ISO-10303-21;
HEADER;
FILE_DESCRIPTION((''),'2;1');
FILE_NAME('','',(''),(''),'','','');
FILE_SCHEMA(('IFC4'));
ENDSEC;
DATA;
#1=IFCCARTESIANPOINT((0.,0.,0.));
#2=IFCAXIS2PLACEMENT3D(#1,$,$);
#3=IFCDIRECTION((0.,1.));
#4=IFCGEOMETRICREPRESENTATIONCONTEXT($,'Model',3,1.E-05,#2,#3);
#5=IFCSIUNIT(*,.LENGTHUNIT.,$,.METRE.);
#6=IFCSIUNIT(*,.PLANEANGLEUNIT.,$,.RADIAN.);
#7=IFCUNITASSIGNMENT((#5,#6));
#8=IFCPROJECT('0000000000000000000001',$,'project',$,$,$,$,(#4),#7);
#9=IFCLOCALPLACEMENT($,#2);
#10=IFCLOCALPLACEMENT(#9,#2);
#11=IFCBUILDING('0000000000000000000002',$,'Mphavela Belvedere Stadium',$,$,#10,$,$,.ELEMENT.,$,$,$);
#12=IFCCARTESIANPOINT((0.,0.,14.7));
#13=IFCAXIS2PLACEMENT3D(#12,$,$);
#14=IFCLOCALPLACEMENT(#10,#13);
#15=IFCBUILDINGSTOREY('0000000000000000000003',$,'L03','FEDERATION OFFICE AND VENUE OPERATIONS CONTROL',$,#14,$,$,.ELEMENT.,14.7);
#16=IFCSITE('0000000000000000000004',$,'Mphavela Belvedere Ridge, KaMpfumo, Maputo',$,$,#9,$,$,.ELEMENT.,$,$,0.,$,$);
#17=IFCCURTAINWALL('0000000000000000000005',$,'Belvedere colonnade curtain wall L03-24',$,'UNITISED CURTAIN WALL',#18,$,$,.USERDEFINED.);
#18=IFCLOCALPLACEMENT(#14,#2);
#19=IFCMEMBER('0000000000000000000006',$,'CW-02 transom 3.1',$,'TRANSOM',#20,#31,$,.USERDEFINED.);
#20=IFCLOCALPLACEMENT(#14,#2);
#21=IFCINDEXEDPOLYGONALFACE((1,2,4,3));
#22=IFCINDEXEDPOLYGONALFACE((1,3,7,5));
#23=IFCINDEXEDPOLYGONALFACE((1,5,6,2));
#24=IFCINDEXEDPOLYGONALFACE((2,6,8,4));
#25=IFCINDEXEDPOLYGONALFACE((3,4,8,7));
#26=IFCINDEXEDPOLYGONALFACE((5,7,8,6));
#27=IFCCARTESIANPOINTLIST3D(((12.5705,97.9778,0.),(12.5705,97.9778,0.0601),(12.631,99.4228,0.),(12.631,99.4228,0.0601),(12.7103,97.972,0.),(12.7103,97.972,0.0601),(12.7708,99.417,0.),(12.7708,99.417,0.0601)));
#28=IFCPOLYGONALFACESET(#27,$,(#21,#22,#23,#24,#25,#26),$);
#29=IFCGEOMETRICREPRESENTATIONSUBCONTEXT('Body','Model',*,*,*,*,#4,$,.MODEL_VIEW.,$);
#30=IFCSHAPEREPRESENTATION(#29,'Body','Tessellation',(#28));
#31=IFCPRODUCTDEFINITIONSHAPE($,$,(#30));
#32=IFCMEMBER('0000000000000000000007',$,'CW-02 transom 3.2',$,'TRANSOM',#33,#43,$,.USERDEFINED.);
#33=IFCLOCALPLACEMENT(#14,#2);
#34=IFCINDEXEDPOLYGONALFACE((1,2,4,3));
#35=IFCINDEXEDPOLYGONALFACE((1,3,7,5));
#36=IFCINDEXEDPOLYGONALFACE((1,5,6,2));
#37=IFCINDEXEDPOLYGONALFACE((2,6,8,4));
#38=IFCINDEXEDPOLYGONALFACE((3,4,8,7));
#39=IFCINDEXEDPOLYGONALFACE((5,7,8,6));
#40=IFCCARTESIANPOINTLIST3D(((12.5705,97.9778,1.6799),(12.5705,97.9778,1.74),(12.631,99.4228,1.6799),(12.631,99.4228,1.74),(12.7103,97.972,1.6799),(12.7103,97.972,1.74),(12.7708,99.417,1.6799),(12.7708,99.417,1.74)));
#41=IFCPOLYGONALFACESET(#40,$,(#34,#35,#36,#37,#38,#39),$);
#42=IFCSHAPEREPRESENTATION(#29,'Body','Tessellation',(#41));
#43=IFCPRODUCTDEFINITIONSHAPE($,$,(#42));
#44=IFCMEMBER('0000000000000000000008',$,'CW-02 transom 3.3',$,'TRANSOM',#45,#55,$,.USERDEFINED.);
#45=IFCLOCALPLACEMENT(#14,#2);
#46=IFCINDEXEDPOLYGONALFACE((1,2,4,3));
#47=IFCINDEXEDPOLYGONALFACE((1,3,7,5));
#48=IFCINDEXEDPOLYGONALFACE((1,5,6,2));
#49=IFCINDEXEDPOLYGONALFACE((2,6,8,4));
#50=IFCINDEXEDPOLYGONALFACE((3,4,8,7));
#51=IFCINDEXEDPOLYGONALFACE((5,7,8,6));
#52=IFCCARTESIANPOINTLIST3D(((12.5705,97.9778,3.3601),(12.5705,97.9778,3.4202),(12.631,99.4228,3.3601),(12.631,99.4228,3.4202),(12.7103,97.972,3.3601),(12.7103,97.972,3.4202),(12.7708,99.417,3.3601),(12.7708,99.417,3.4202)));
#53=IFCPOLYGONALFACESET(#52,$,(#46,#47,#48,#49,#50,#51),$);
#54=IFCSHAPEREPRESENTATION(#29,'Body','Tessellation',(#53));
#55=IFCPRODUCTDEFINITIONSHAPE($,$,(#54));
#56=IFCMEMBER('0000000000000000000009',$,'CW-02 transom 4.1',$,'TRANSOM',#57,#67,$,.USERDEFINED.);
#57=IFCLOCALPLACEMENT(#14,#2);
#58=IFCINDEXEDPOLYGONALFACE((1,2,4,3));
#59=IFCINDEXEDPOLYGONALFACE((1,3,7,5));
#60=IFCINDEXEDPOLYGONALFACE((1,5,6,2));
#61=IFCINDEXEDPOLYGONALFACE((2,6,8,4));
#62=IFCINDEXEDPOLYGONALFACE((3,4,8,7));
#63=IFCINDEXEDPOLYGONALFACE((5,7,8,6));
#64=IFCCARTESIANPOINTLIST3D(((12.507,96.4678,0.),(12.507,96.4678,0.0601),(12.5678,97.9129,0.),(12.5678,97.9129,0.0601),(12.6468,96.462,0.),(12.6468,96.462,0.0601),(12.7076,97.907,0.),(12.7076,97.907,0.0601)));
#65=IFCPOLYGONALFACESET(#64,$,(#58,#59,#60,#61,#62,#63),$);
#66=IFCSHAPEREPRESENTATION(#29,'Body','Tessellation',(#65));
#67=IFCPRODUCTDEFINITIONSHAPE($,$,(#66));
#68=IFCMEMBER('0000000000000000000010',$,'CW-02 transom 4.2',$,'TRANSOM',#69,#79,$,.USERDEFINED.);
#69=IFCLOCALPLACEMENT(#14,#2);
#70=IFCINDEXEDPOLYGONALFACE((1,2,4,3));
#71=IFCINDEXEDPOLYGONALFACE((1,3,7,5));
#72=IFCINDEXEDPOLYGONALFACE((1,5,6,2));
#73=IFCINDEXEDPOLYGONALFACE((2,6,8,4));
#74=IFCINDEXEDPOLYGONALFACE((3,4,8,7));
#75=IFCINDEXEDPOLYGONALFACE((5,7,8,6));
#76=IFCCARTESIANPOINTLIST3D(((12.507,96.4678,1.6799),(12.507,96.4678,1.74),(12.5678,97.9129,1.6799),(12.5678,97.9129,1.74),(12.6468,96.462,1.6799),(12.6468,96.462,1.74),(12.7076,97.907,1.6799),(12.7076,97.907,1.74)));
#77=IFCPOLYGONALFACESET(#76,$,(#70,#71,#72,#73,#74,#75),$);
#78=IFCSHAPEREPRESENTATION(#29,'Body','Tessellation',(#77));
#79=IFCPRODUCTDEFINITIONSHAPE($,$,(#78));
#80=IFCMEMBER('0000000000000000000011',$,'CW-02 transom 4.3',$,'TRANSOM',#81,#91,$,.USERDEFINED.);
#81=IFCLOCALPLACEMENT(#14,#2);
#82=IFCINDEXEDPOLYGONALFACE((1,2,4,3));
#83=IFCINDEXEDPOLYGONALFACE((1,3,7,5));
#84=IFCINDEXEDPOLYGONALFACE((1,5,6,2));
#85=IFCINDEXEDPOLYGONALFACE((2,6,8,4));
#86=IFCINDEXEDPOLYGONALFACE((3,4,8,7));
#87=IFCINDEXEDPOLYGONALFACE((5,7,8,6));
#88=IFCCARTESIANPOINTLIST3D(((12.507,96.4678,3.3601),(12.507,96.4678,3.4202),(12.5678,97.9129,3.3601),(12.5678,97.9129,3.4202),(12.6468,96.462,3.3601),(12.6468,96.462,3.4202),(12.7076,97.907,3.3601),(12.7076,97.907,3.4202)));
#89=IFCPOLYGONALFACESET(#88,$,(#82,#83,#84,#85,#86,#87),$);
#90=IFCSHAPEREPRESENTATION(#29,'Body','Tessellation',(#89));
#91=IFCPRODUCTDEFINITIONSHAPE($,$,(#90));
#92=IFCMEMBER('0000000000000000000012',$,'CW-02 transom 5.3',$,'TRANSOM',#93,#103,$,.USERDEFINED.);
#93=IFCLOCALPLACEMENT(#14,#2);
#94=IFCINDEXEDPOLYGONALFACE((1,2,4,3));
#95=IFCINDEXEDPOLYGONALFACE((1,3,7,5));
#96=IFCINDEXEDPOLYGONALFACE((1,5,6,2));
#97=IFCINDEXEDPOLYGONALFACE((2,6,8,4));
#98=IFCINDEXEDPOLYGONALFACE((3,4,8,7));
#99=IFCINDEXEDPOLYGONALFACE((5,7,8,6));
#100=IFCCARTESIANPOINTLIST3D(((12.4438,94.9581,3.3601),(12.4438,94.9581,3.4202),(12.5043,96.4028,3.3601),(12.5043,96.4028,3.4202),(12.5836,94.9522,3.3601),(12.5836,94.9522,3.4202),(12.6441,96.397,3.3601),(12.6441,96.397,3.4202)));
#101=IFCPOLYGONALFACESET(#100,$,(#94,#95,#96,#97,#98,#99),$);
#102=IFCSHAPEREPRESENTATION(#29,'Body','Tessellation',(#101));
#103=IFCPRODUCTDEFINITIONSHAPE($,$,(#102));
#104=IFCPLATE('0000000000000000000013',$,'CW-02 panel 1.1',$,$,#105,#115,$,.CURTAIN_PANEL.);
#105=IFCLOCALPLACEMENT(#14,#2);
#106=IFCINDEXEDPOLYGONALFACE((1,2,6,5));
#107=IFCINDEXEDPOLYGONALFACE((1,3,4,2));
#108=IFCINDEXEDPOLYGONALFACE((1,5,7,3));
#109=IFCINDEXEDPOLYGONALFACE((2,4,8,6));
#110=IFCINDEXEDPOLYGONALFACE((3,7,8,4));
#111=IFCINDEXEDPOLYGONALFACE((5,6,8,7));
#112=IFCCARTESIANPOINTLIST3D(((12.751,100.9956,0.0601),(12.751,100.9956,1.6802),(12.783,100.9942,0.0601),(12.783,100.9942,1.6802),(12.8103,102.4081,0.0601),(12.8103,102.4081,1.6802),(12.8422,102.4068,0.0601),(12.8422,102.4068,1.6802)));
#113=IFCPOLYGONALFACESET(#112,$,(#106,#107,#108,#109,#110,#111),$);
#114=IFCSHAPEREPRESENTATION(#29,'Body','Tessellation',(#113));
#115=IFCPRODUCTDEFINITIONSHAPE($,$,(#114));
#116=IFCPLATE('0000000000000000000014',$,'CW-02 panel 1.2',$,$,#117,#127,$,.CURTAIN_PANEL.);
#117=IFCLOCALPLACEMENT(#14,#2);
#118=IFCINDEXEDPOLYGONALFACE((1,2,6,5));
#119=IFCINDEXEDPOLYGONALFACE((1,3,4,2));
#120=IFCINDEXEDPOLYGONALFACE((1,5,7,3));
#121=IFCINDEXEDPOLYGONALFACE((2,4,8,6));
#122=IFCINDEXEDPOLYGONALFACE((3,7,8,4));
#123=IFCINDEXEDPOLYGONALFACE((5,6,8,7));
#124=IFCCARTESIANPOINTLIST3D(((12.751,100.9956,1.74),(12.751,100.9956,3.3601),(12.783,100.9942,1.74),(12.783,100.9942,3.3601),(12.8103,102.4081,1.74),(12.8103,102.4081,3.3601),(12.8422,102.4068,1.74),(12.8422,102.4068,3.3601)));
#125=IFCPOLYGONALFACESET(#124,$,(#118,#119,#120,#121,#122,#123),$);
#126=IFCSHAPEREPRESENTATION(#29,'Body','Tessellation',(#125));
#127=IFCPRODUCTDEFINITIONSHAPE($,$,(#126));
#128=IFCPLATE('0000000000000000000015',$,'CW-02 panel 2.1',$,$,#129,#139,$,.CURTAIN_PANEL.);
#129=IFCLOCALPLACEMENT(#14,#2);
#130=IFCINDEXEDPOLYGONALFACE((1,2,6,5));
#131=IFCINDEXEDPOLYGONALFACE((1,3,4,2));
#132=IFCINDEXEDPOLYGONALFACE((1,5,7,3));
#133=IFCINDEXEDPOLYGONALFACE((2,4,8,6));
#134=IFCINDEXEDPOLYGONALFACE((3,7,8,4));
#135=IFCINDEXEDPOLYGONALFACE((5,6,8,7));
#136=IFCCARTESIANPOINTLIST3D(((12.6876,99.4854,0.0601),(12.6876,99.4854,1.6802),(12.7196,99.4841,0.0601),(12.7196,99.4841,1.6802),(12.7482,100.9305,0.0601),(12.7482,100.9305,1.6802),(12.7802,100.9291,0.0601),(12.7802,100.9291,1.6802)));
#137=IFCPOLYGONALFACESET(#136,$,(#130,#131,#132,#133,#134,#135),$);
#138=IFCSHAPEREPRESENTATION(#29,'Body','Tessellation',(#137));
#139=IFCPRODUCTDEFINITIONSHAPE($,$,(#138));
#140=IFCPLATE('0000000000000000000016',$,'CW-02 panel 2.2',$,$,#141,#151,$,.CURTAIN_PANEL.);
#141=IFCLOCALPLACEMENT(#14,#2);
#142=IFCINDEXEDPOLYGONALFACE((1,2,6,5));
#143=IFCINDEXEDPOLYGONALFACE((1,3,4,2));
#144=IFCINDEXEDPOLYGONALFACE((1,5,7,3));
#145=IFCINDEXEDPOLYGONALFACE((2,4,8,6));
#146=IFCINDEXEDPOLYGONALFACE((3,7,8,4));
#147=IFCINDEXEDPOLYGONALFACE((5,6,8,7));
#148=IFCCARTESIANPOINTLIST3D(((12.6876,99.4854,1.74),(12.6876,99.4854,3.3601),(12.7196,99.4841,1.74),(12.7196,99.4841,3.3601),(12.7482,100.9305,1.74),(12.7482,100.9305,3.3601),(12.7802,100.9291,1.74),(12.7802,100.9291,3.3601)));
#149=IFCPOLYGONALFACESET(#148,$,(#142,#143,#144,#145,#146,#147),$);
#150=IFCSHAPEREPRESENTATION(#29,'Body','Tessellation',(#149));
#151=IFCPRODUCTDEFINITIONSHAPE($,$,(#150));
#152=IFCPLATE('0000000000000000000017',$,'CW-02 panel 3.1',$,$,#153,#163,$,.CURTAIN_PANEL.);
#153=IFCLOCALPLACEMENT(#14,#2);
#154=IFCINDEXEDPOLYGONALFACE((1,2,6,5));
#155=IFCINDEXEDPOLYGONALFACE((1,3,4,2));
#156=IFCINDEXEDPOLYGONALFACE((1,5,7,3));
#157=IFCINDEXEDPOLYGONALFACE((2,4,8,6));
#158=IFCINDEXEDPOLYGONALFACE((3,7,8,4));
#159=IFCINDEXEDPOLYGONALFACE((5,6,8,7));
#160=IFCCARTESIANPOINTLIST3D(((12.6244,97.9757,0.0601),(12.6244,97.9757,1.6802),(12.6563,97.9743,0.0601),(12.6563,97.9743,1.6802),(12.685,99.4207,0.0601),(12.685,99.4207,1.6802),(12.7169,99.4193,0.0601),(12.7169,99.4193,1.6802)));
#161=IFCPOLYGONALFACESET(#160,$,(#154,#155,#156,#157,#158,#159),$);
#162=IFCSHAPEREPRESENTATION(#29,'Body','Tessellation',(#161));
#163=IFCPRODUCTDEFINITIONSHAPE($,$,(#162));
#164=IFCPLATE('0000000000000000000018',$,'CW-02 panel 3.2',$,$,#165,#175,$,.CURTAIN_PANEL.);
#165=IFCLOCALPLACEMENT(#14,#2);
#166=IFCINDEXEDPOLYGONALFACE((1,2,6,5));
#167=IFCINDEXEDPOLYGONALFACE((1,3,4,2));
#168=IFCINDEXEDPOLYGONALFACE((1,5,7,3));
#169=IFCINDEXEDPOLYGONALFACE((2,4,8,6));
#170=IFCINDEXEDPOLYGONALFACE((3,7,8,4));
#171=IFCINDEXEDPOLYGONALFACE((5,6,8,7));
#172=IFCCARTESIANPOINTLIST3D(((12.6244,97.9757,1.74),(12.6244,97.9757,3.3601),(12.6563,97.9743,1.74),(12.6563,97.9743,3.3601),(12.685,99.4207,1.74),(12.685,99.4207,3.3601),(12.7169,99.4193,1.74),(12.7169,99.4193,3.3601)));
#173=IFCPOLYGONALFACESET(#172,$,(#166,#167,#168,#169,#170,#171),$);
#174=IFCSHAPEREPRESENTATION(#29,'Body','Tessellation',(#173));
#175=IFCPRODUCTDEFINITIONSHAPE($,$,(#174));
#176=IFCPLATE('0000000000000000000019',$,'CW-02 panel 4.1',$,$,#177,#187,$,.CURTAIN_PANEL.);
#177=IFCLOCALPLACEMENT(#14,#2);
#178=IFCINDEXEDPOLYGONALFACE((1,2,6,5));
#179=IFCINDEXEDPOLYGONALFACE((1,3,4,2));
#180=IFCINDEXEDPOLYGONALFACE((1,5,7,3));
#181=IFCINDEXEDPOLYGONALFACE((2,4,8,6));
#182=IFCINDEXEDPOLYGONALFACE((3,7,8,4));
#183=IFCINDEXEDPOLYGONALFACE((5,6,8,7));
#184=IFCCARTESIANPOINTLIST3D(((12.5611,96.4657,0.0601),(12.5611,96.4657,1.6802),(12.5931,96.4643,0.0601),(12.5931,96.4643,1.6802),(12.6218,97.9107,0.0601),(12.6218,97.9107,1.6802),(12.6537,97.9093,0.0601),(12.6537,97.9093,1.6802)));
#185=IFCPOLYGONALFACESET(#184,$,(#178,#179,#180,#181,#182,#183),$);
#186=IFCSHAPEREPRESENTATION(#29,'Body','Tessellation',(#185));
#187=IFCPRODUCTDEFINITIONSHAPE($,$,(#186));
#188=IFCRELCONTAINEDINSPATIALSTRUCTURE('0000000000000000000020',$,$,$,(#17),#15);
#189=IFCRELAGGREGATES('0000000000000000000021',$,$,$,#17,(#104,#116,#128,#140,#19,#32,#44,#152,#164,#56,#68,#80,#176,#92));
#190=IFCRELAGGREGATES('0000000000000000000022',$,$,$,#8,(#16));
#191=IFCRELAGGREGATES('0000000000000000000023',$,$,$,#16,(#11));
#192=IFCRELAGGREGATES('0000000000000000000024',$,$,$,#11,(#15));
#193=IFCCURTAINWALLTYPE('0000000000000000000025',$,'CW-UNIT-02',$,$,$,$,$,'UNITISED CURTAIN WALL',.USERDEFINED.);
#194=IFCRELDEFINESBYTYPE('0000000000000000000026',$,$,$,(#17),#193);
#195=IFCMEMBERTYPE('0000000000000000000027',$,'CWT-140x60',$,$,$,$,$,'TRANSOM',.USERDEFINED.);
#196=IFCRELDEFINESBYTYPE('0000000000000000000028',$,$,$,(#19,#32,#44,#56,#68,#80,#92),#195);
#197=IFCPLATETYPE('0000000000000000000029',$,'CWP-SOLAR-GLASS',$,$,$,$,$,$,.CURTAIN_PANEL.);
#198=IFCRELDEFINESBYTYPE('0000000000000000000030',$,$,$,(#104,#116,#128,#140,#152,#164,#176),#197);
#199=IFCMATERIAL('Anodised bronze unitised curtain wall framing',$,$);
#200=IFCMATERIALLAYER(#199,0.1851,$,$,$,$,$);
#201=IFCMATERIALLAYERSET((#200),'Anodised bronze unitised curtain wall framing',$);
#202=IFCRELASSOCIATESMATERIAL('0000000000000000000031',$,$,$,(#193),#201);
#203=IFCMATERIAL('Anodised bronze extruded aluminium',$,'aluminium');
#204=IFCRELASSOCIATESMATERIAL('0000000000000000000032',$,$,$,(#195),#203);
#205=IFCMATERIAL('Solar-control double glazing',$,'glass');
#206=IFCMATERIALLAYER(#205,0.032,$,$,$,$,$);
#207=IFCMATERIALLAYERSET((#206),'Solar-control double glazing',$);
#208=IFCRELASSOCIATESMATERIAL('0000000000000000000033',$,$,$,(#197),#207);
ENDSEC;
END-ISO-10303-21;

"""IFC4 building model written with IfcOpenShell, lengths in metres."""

from ifc_helpers import new_model, si_unit, direction, frame, origin, origin_2d, place, context, subcontext, project, spatial, rectangle, extrude, material, layer, layer_set, material_profile, profile_set, type_object, element, aggregate, save


model = new_model("IFC4")

# Units and contexts
model_context = context("Model", 3, precision=1e-05, world=origin(), true_north=direction((0.0, 1.0)))
body_context = subcontext(model_context, "Body", "Model", "MODEL_VIEW")
ifc_project = project(units=[si_unit("LENGTHUNIT", "METRE"), si_unit("PLANEANGLEUNIT", "RADIAN")], contexts=[model_context])

# Site, building, storey
site_placement = place(None, origin())
site = spatial("IfcSite", under=ifc_project, at=site_placement, Name="Mphavela Belvedere Ridge, KaMpfumo, Maputo", CompositionType="ELEMENT", RefElevation=0.0)
building_placement = place(site_placement, origin())
building = spatial("IfcBuilding", under=site, at=building_placement, Name="Mphavela Belvedere Stadium", CompositionType="ELEMENT")
storey_placement = place(building_placement, frame((0.0, 0.0, 14.7)))
storey = spatial("IfcBuildingStorey", under=building, at=storey_placement, Name="L03", Description="FEDERATION OFFICE AND VENUE OPERATIONS CONTROL", CompositionType="ELEMENT", Elevation=14.7)

# Curtain wall, members, plates
ifc_material_1 = material(Name="Anodised bronze unitised curtain wall framing")
ifc_layer_1 = layer(ifc_material_1, 0.1851)
ifc_layer_set_1 = layer_set([ifc_layer_1], Name="Anodised bronze unitised curtain wall framing")
curtain_wall_type = type_object("IfcCurtainWallType", Name="CW-UNIT-02", ElementType="UNITISED CURTAIN WALL", PredefinedType="USERDEFINED", material=ifc_layer_set_1)
curtain_wall_placement = place(storey_placement, origin())
curtain_wall = element("IfcCurtainWall", 1, at=curtain_wall_placement, inside=storey, type_object=curtain_wall_type, Name="Belvedere colonnade curtain wall L03-24", ObjectType="UNITISED CURTAIN WALL", PredefinedType="USERDEFINED")
ifc_material_2 = material(Name="Anodised bronze extruded aluminium", Category="aluminium")
ifc_material_profile_1 = material_profile(ifc_material_2, rectangle(XDim=0.1399, YDim=0.0601, at=origin_2d()), Name="CW-TRN 140x60")
ifc_profile_set_1 = profile_set([ifc_material_profile_1], Name="Anodised bronze extruded aluminium")
member_type_1 = type_object("IfcMemberType", Name="CWT-140x60", ElementType="TRANSOM", PredefinedType="USERDEFINED", material=ifc_profile_set_1)
member_1_placement = place(storey_placement, frame((12.7009, 99.4199, 0.03), z_axis=(-0.041862, -0.999123, 0.0), x_axis=(0.999123, -0.041862, 0.0)))
member_1 = element("IfcMember", 2, at=member_1_placement, type_object=member_type_1, Name="CW-02 transom 3.1", ObjectType="TRANSOM", PredefinedType="USERDEFINED", context=body_context, shape_type="SweptSolid", body=[
    extrude(rectangle(XDim=0.1399, YDim=0.0601, at=origin_2d()), origin(), (0.0, 0.0, 1.0), 1.4463),
])
member_2_placement = place(storey_placement, frame((12.7009, 99.4199, 1.71), z_axis=(-0.041862, -0.999123, 0.0), x_axis=(0.999123, -0.041862, 0.0)))
member_2 = element("IfcMember", 3, at=member_2_placement, type_object=member_type_1, Name="CW-02 transom 3.2", ObjectType="TRANSOM", PredefinedType="USERDEFINED", context=body_context, shape_type="SweptSolid", body=[
    extrude(rectangle(XDim=0.1399, YDim=0.0601, at=origin_2d()), origin(), (0.0, 0.0, 1.0), 1.4463),
])
member_3_placement = place(storey_placement, frame((12.7009, 99.4199, 3.3901), z_axis=(-0.041862, -0.999123, 0.0), x_axis=(0.999123, -0.041862, 0.0)))
member_3 = element("IfcMember", 4, at=member_3_placement, type_object=member_type_1, Name="CW-02 transom 3.3", ObjectType="TRANSOM", PredefinedType="USERDEFINED", context=body_context, shape_type="SweptSolid", body=[
    extrude(rectangle(XDim=0.1399, YDim=0.0601, at=origin_2d()), origin(), (0.0, 0.0, 1.0), 1.4463),
])
member_4_placement = place(storey_placement, frame((12.6377, 97.9099, 0.03), z_axis=(-0.042031, -0.999116, 0.0), x_axis=(0.999116, -0.042031, 0.0)))
member_4 = element("IfcMember", 5, at=member_4_placement, type_object=member_type_1, Name="CW-02 transom 4.1", ObjectType="TRANSOM", PredefinedType="USERDEFINED", context=body_context, shape_type="SweptSolid", body=[
    extrude(rectangle(XDim=0.1399, YDim=0.0601, at=origin_2d()), origin(), (0.0, 0.0, 1.0), 1.4463),
])
member_5_placement = place(storey_placement, frame((12.6377, 97.9099, 1.71), z_axis=(-0.042031, -0.999116, 0.0), x_axis=(0.999116, -0.042031, 0.0)))
member_5 = element("IfcMember", 6, at=member_5_placement, type_object=member_type_1, Name="CW-02 transom 4.2", ObjectType="TRANSOM", PredefinedType="USERDEFINED", context=body_context, shape_type="SweptSolid", body=[
    extrude(rectangle(XDim=0.1399, YDim=0.0601, at=origin_2d()), origin(), (0.0, 0.0, 1.0), 1.4463),
])
member_6_placement = place(storey_placement, frame((12.6377, 97.9099, 3.3901), z_axis=(-0.042031, -0.999116, 0.0), x_axis=(0.999116, -0.042031, 0.0)))
member_6 = element("IfcMember", 7, at=member_6_placement, type_object=member_type_1, Name="CW-02 transom 4.3", ObjectType="TRANSOM", PredefinedType="USERDEFINED", context=body_context, shape_type="SweptSolid", body=[
    extrude(rectangle(XDim=0.1399, YDim=0.0601, at=origin_2d()), origin(), (0.0, 0.0, 1.0), 1.4463),
])
member_7_placement = place(storey_placement, frame((12.5742, 96.3999, 3.3901), z_axis=(-0.041869, -0.999123, 0.0), x_axis=(0.999123, -0.041869, 0.0)))
member_7 = element("IfcMember", 8, at=member_7_placement, type_object=member_type_1, Name="CW-02 transom 5.3", ObjectType="TRANSOM", PredefinedType="USERDEFINED", context=body_context, shape_type="SweptSolid", body=[
    extrude(rectangle(XDim=0.1399, YDim=0.0601, at=origin_2d()), origin(), (0.0, 0.0, 1.0), 1.446),
])
ifc_material_3 = material(Name="Solar-control double glazing", Category="glass")
ifc_layer_2 = layer(ifc_material_3, 0.032)
ifc_layer_set_2 = layer_set([ifc_layer_2], Name="Solar-control double glazing")
plate_type = type_object("IfcPlateType", Name="CWP-SOLAR-GLASS", PredefinedType="CURTAIN_PANEL", material=ifc_layer_set_2)
plate_1_placement = place(storey_placement, frame((12.7966, 101.7012, 0.0601), z_axis=(0.0, 0.0, 1.0), x_axis=(-0.041911, -0.999121, 0.0)))
plate_1 = element("IfcPlate", 9, at=plate_1_placement, type_object=plate_type, Name="CW-02 panel 1.1", PredefinedType="CURTAIN_PANEL", context=body_context, shape_type="SweptSolid", body=[
    extrude(rectangle(XDim=1.4138, YDim=0.032, at=origin_2d()), origin(), (0.0, 0.0, 1.0), 1.6201),
])
plate_2_placement = place(storey_placement, frame((12.7966, 101.7012, 1.74), z_axis=(0.0, 0.0, 1.0), x_axis=(-0.041911, -0.999121, 0.0)))
plate_2 = element("IfcPlate", 10, at=plate_2_placement, type_object=plate_type, Name="CW-02 panel 1.2", PredefinedType="CURTAIN_PANEL", context=body_context, shape_type="SweptSolid", body=[
    extrude(rectangle(XDim=1.4138, YDim=0.032, at=origin_2d()), origin(), (0.0, 0.0, 1.0), 1.6201),
])
plate_3_placement = place(storey_placement, frame((12.7339, 100.2073, 0.0601), z_axis=(0.0, 0.0, 1.0), x_axis=(-0.041911, -0.999121, 0.0)))
plate_3 = element("IfcPlate", 11, at=plate_3_placement, type_object=plate_type, Name="CW-02 panel 2.1", PredefinedType="CURTAIN_PANEL", context=body_context, shape_type="SweptSolid", body=[
    extrude(rectangle(XDim=1.4463, YDim=0.032, at=origin_2d()), origin(), (0.0, 0.0, 1.0), 1.6201),
])
plate_4_placement = place(storey_placement, frame((12.7339, 100.2073, 1.74), z_axis=(0.0, 0.0, 1.0), x_axis=(-0.041911, -0.999121, 0.0)))
plate_4 = element("IfcPlate", 12, at=plate_4_placement, type_object=plate_type, Name="CW-02 panel 2.2", PredefinedType="CURTAIN_PANEL", context=body_context, shape_type="SweptSolid", body=[
    extrude(rectangle(XDim=1.4463, YDim=0.032, at=origin_2d()), origin(), (0.0, 0.0, 1.0), 1.6201),
])
plate_5_placement = place(storey_placement, frame((12.6707, 98.6975, 0.0601), z_axis=(0.0, 0.0, 1.0), x_axis=(-0.041911, -0.999121, 0.0)))
plate_5 = element("IfcPlate", 13, at=plate_5_placement, type_object=plate_type, Name="CW-02 panel 3.1", PredefinedType="CURTAIN_PANEL", context=body_context, shape_type="SweptSolid", body=[
    extrude(rectangle(XDim=1.4463, YDim=0.032, at=origin_2d()), origin(), (0.0, 0.0, 1.0), 1.6201),
])
plate_6_placement = place(storey_placement, frame((12.6707, 98.6975, 1.74), z_axis=(0.0, 0.0, 1.0), x_axis=(-0.041911, -0.999121, 0.0)))
plate_6 = element("IfcPlate", 14, at=plate_6_placement, type_object=plate_type, Name="CW-02 panel 3.2", PredefinedType="CURTAIN_PANEL", context=body_context, shape_type="SweptSolid", body=[
    extrude(rectangle(XDim=1.4463, YDim=0.032, at=origin_2d()), origin(), (0.0, 0.0, 1.0), 1.6201),
])
plate_7_placement = place(storey_placement, frame((12.6074, 97.1875, 0.0601), z_axis=(0.0, 0.0, 1.0), x_axis=(-0.041911, -0.999121, 0.0)))
plate_7 = element("IfcPlate", 15, at=plate_7_placement, type_object=plate_type, Name="CW-02 panel 4.1", PredefinedType="CURTAIN_PANEL", context=body_context, shape_type="SweptSolid", body=[
    extrude(rectangle(XDim=1.4463, YDim=0.032, at=origin_2d()), origin(), (0.0, 0.0, 1.0), 1.6201),
])
aggregate(curtain_wall, [plate_1, plate_2, plate_3, plate_4, member_1, member_2, member_3, plate_5, plate_6, member_4, member_5, member_6, plate_7, member_7])

save(model, "model.ifc")
